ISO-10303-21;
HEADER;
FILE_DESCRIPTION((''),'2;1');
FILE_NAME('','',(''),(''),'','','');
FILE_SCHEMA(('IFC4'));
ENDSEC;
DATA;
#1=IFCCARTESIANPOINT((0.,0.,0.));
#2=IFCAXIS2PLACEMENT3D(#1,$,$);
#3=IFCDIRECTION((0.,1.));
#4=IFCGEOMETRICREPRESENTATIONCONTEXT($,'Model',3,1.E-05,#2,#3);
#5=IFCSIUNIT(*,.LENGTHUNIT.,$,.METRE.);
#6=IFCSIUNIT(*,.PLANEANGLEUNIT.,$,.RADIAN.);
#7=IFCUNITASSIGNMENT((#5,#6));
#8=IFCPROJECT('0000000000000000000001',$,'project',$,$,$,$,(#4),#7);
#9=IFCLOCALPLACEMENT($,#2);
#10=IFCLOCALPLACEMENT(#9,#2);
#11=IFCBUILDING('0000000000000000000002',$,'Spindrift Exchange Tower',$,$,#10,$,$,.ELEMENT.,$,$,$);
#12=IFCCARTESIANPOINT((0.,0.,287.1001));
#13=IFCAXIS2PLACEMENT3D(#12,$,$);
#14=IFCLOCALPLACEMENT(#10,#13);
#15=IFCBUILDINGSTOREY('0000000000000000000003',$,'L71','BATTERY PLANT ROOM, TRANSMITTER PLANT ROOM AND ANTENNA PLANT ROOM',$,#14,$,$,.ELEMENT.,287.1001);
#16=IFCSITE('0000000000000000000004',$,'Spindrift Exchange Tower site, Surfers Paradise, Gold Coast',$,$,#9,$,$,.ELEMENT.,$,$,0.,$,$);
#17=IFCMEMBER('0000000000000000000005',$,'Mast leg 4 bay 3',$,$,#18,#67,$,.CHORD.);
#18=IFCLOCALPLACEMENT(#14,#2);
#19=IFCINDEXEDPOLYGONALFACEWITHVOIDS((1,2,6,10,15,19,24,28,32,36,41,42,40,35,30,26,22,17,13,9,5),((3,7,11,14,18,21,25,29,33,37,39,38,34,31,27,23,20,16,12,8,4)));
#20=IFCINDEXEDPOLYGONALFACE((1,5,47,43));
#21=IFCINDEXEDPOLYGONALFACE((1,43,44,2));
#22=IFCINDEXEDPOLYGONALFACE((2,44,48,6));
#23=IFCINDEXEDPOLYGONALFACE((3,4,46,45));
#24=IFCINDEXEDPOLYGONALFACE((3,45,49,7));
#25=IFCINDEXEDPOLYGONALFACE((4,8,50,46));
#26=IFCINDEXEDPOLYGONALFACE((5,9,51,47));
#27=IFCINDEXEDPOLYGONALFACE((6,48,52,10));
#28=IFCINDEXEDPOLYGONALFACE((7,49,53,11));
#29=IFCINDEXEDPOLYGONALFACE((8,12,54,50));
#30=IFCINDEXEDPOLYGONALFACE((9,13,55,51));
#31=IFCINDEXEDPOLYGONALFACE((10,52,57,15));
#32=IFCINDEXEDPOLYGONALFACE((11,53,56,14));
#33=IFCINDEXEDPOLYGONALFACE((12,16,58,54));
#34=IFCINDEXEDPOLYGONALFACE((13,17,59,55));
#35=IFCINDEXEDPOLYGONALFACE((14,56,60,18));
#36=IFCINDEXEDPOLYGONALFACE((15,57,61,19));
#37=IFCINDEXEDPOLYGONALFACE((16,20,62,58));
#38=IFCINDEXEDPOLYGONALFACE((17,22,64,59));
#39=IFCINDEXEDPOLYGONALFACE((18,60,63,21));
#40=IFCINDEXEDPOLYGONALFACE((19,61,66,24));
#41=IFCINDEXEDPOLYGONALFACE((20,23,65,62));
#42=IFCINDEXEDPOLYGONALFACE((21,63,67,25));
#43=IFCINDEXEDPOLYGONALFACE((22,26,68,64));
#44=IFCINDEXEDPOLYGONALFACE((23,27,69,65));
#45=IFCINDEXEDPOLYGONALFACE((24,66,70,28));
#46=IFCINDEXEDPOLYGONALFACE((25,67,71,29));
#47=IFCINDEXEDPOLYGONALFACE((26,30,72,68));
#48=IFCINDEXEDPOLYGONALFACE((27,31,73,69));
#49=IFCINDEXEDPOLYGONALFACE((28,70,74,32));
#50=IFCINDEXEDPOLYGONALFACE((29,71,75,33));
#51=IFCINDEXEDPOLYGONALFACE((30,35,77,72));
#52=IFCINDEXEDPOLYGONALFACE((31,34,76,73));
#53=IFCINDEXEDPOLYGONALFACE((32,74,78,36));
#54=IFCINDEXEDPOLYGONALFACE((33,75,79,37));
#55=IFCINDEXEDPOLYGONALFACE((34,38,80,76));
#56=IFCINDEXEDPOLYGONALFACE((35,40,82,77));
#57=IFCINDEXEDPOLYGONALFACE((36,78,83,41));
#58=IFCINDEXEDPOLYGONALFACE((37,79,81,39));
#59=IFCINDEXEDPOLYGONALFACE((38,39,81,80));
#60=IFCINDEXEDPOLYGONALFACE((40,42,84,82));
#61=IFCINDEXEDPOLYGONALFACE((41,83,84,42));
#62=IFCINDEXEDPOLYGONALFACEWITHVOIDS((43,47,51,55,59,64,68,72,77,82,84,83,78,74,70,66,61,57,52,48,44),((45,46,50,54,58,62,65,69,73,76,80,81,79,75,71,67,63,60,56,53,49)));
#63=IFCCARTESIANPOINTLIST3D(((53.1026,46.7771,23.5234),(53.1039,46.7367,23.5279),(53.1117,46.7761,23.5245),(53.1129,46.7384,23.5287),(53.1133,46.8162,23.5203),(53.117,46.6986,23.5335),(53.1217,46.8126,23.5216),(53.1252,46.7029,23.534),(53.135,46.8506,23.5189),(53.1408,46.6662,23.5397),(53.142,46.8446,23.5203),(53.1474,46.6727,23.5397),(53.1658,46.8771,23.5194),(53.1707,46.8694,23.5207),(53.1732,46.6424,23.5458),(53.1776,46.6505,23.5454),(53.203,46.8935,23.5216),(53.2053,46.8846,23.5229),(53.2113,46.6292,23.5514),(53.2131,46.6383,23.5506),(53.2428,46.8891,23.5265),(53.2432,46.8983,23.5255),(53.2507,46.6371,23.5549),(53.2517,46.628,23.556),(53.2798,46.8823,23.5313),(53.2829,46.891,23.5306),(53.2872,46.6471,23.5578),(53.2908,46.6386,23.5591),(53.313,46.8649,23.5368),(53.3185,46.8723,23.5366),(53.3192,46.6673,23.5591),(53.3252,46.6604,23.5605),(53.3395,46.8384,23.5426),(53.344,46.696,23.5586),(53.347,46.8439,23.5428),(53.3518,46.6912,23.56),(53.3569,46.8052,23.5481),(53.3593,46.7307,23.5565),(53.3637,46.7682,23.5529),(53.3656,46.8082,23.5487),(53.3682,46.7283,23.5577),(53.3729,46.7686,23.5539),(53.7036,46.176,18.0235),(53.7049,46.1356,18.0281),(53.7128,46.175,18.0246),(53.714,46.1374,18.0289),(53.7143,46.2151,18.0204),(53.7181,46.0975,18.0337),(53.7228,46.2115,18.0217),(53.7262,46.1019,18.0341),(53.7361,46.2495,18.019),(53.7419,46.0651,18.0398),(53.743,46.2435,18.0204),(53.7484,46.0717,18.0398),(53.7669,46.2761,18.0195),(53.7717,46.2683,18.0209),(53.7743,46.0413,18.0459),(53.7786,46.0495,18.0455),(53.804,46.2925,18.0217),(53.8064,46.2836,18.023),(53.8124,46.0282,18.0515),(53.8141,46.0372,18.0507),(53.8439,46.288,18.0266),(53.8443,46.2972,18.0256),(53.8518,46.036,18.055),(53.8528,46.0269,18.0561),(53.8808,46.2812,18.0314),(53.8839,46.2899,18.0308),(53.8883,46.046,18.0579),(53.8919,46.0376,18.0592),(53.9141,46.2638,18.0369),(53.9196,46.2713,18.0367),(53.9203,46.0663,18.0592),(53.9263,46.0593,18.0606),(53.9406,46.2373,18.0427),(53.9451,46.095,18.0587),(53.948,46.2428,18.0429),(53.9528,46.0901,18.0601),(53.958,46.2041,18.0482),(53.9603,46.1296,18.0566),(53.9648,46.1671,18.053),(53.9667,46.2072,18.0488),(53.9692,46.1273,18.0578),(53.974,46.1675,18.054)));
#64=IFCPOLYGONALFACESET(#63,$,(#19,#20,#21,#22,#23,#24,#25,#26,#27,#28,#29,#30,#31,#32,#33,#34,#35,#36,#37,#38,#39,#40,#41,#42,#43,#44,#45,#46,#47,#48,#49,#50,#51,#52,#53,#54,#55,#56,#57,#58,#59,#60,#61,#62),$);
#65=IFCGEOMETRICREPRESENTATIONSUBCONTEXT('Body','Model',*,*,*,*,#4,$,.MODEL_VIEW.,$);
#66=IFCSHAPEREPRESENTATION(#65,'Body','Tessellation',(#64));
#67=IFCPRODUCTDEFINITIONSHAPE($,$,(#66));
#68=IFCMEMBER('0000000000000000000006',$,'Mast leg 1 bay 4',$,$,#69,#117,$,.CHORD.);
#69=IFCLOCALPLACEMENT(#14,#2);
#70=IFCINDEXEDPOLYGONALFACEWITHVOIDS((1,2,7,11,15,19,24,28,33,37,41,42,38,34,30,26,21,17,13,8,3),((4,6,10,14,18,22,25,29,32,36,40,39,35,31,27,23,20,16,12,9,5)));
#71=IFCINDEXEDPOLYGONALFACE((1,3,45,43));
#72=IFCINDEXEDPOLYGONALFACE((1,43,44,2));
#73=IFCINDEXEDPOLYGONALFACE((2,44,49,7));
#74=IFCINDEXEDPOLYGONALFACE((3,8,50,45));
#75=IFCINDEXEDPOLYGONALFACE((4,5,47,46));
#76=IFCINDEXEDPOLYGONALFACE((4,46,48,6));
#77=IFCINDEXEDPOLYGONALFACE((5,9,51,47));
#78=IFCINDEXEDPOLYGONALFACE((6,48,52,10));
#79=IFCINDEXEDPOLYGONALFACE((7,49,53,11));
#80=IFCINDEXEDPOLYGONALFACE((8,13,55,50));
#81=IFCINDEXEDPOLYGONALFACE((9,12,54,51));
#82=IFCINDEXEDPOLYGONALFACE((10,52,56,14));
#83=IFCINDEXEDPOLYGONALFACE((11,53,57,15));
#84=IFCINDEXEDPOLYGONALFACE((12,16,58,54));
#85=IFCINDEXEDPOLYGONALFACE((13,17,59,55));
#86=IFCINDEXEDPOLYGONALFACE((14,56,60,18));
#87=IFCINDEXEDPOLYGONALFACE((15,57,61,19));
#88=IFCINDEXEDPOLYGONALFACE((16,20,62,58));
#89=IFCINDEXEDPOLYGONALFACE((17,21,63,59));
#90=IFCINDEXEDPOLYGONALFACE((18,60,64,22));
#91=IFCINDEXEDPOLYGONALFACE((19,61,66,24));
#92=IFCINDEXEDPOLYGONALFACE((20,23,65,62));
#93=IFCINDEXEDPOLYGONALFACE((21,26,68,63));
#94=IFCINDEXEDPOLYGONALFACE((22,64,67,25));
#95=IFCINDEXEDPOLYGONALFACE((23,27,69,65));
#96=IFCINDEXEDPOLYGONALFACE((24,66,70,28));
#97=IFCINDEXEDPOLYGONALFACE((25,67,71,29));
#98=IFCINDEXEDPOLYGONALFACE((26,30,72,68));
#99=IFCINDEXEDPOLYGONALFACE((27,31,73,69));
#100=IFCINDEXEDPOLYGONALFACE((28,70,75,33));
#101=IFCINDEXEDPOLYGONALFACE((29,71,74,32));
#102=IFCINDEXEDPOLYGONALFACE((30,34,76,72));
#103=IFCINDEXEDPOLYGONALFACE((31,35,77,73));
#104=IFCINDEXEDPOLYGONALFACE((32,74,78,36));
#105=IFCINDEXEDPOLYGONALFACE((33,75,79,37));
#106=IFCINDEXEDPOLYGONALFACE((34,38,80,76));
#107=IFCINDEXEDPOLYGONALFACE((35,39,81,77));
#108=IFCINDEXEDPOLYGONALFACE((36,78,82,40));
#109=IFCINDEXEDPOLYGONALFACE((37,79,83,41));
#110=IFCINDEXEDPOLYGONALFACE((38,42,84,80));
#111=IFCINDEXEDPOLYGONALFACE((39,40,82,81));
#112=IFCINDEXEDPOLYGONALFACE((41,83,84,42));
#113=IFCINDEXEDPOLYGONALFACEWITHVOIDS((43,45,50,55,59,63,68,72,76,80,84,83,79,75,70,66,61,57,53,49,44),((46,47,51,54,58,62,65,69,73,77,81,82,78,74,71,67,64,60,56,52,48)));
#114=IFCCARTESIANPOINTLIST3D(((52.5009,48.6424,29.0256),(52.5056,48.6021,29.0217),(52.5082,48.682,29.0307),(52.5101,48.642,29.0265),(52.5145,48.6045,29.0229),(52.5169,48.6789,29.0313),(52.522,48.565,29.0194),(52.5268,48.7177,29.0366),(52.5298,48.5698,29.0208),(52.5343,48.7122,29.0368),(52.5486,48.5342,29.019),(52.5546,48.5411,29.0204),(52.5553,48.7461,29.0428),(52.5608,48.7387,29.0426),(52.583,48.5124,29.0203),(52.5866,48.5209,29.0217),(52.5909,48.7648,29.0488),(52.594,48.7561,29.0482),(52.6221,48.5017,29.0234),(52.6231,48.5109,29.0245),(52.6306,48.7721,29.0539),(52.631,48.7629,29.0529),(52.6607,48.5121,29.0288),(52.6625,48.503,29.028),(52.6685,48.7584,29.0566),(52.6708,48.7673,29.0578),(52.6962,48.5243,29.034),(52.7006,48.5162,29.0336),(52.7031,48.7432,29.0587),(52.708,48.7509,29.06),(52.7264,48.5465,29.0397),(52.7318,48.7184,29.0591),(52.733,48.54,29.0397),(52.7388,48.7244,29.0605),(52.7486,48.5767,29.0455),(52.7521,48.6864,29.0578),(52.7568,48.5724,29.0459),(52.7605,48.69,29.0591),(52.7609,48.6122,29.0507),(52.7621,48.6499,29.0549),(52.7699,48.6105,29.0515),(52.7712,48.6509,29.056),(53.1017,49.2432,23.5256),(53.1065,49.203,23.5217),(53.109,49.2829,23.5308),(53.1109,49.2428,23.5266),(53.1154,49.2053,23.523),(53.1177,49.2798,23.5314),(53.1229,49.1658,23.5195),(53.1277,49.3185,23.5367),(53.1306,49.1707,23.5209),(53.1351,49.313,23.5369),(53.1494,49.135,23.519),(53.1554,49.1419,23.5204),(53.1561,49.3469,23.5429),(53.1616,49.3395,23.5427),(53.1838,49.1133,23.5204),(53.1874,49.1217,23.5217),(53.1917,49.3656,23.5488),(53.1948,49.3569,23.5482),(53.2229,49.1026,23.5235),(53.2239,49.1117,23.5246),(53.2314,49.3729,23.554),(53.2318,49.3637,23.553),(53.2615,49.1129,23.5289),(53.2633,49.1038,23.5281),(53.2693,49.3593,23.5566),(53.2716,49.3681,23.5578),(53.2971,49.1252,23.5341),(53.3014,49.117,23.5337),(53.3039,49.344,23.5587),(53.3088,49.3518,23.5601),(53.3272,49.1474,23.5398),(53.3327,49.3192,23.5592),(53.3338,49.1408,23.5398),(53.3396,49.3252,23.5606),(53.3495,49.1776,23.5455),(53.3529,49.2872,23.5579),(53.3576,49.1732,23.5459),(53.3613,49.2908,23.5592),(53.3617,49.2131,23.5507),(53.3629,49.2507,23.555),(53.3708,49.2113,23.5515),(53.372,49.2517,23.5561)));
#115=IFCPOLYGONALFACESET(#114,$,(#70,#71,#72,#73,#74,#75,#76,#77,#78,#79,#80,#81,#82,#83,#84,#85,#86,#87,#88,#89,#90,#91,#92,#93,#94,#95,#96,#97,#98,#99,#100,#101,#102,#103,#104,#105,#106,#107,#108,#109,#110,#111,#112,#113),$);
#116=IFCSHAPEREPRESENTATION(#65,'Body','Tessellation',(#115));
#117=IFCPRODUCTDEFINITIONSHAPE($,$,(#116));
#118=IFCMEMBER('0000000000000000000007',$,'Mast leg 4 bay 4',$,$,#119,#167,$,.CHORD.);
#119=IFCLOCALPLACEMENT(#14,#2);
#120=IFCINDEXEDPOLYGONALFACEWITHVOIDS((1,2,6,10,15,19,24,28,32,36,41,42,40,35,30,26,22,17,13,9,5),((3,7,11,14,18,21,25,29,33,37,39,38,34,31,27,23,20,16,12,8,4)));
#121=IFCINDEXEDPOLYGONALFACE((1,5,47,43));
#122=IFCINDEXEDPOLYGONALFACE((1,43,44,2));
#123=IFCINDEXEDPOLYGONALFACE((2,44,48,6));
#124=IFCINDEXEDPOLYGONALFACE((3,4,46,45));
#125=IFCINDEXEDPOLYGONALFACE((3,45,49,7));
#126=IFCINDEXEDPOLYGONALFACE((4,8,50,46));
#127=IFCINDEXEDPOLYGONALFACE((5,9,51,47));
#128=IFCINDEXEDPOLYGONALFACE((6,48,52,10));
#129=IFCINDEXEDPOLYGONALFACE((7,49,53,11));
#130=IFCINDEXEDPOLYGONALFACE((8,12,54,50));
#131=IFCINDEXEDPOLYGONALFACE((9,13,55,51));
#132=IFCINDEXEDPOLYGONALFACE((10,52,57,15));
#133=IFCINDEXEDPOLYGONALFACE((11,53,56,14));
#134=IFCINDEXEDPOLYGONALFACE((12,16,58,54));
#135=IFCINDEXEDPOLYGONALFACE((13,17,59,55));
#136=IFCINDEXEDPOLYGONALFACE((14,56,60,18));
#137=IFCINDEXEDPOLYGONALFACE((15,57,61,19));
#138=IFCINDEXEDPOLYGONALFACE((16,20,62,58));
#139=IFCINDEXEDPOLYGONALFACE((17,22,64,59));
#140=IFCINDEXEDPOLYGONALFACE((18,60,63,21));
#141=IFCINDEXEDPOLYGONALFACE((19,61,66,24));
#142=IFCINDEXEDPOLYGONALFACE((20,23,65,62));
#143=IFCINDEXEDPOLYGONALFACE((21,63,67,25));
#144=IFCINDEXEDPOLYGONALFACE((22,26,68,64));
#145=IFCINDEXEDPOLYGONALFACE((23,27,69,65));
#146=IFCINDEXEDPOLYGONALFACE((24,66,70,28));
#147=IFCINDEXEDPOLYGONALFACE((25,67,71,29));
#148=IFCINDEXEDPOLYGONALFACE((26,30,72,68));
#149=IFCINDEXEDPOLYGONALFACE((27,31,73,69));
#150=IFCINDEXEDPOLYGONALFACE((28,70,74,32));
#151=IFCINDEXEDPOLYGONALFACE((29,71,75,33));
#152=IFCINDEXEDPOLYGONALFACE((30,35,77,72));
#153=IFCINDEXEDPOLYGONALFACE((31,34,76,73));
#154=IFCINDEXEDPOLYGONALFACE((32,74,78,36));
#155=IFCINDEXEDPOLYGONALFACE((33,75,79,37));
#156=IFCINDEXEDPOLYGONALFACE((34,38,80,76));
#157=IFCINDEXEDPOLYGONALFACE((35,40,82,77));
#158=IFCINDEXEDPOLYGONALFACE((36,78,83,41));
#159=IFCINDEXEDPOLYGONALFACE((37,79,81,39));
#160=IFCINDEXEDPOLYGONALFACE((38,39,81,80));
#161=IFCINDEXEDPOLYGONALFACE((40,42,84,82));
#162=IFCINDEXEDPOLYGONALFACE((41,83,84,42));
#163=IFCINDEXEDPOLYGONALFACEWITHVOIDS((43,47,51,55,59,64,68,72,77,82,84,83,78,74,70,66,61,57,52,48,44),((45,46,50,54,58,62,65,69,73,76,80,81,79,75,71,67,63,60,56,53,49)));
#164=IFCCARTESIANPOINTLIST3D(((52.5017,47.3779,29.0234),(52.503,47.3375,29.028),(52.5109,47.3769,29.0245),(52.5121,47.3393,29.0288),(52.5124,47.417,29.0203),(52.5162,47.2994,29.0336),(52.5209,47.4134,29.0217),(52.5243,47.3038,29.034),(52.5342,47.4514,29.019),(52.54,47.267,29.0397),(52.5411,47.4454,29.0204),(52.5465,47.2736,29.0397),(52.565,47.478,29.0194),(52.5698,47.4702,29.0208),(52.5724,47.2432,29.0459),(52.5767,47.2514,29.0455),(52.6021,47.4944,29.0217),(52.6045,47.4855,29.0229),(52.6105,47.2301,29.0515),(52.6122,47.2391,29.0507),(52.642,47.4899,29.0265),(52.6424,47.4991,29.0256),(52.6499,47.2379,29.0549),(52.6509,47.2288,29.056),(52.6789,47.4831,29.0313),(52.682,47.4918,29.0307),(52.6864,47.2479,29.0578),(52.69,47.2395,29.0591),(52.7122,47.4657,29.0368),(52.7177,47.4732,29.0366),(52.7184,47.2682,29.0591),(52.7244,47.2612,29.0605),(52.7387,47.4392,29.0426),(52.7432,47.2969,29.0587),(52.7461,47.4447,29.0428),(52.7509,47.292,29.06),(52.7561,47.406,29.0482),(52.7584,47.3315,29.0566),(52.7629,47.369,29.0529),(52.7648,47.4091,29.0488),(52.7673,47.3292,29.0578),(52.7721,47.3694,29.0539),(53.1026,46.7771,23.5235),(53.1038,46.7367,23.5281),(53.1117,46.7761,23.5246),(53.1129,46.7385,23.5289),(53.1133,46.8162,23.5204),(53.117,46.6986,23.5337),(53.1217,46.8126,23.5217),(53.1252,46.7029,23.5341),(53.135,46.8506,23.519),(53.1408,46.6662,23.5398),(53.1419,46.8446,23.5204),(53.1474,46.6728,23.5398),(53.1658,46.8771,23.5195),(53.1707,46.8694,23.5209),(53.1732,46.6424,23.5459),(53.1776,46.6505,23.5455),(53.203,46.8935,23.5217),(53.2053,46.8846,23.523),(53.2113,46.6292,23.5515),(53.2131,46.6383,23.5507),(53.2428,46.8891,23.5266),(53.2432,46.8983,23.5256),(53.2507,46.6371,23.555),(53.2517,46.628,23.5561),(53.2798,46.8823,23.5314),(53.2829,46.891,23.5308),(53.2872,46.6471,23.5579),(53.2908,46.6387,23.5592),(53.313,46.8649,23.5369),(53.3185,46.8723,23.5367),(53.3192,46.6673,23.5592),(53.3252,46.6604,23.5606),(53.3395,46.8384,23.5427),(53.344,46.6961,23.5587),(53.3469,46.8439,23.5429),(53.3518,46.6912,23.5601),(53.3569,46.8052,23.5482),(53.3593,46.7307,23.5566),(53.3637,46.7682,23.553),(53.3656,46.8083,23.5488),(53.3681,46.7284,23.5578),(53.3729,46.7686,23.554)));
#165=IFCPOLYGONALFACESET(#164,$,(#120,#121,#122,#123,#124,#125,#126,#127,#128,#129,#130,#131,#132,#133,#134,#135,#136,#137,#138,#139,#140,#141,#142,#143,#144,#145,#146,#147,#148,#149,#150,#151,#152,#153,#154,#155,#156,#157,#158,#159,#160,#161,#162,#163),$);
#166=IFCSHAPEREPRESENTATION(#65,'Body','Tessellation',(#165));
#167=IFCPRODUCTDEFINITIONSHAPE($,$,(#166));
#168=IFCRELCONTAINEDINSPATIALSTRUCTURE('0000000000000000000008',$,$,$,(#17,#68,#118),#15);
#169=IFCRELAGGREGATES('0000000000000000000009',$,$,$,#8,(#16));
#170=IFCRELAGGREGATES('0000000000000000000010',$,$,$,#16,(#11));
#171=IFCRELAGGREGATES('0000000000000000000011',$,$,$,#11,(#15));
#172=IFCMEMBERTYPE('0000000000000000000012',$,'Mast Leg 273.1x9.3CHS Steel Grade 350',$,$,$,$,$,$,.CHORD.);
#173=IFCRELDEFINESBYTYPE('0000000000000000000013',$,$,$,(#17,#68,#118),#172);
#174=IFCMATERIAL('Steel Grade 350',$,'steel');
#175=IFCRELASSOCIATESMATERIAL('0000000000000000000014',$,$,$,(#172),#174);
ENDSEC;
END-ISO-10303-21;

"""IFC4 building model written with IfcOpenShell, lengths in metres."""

from ifc_helpers import new_model, si_unit, direction, frame, origin, origin_2d, place, context, subcontext, project, spatial, hollow_circle, extrude, source, transform, mapped, material, material_profile, profile_set, type_object, element, save


model = new_model("IFC4")

# Units and contexts
model_context = context("Model", 3, precision=1e-05, world=origin(), true_north=direction((0.0, 1.0)))
body_context = subcontext(model_context, "Body", "Model", "MODEL_VIEW")
ifc_project = project(units=[si_unit("LENGTHUNIT", "METRE"), si_unit("PLANEANGLEUNIT", "RADIAN")], contexts=[model_context])

# Site, building, storey
site_placement = place(None, origin())
site = spatial("IfcSite", under=ifc_project, at=site_placement, Name="Spindrift Exchange Tower site, Surfers Paradise, Gold Coast", CompositionType="ELEMENT", RefElevation=0.0)
building_placement = place(site_placement, origin())
building = spatial("IfcBuilding", under=site, at=building_placement, Name="Spindrift Exchange Tower", CompositionType="ELEMENT")
storey_placement = place(building_placement, frame((0.0, 0.0, 287.1001)))
storey = spatial("IfcBuildingStorey", under=building, at=storey_placement, Name="L71", Description="BATTERY PLANT ROOM, TRANSMITTER PLANT ROOM AND ANTENNA PLANT ROOM", CompositionType="ELEMENT", Elevation=287.1001)

# Members
ifc_material = material(Name="Steel Grade 350", Category="steel")
ifc_material_profile_1 = material_profile(ifc_material, hollow_circle(Radius=0.1365, WallThickness=0.0093, at=origin_2d()), Name="273.1x9.3CHS")
ifc_profile_set_1 = profile_set([ifc_material_profile_1], Name="Steel Grade 350")
member_type_1 = type_object("IfcMemberType", Name="Mast Leg 273.1x9.3CHS Steel Grade 350", PredefinedType="CHORD", material=ifc_profile_set_1)
shared_shape_1 = source(origin(), body_context, "Body", "SweptSolid", [
    extrude(hollow_circle(Radius=0.1365, WallThickness=0.0093, at=origin_2d()), origin(), (0.0, 0.0, 1.0), 5.5652),
])
for number, where, z_axis, x_axis, name in (
    (1, (53.8384, 46.1616, 18.0398), (-0.108004, 0.108004, 0.988266), (-0.707107, -0.707107, 0.0), "Mast leg 4 bay 3"),
    (2, (53.2373, 49.2373, 23.5398), (-0.107961, -0.107961, 0.988276), (0.707107, -0.707107, 0.0), "Mast leg 1 bay 4"),
    (3, (53.2373, 46.7627, 23.5398), (-0.107961, 0.107961, 0.988276), (-0.707107, -0.707107, 0.0), "Mast leg 4 bay 4"),
):
    element("IfcMember", number, at=place(storey_placement, frame(where, z_axis=z_axis, x_axis=x_axis)), inside=storey, type_object=member_type_1, Name=name, PredefinedType="CHORD", context=body_context, shape_type="MappedRepresentation", body=[
        mapped(shared_shape_1, transform((0.0, 0.0, 0.0), scale=1.0)),
    ])

save(model, "model.ifc")
